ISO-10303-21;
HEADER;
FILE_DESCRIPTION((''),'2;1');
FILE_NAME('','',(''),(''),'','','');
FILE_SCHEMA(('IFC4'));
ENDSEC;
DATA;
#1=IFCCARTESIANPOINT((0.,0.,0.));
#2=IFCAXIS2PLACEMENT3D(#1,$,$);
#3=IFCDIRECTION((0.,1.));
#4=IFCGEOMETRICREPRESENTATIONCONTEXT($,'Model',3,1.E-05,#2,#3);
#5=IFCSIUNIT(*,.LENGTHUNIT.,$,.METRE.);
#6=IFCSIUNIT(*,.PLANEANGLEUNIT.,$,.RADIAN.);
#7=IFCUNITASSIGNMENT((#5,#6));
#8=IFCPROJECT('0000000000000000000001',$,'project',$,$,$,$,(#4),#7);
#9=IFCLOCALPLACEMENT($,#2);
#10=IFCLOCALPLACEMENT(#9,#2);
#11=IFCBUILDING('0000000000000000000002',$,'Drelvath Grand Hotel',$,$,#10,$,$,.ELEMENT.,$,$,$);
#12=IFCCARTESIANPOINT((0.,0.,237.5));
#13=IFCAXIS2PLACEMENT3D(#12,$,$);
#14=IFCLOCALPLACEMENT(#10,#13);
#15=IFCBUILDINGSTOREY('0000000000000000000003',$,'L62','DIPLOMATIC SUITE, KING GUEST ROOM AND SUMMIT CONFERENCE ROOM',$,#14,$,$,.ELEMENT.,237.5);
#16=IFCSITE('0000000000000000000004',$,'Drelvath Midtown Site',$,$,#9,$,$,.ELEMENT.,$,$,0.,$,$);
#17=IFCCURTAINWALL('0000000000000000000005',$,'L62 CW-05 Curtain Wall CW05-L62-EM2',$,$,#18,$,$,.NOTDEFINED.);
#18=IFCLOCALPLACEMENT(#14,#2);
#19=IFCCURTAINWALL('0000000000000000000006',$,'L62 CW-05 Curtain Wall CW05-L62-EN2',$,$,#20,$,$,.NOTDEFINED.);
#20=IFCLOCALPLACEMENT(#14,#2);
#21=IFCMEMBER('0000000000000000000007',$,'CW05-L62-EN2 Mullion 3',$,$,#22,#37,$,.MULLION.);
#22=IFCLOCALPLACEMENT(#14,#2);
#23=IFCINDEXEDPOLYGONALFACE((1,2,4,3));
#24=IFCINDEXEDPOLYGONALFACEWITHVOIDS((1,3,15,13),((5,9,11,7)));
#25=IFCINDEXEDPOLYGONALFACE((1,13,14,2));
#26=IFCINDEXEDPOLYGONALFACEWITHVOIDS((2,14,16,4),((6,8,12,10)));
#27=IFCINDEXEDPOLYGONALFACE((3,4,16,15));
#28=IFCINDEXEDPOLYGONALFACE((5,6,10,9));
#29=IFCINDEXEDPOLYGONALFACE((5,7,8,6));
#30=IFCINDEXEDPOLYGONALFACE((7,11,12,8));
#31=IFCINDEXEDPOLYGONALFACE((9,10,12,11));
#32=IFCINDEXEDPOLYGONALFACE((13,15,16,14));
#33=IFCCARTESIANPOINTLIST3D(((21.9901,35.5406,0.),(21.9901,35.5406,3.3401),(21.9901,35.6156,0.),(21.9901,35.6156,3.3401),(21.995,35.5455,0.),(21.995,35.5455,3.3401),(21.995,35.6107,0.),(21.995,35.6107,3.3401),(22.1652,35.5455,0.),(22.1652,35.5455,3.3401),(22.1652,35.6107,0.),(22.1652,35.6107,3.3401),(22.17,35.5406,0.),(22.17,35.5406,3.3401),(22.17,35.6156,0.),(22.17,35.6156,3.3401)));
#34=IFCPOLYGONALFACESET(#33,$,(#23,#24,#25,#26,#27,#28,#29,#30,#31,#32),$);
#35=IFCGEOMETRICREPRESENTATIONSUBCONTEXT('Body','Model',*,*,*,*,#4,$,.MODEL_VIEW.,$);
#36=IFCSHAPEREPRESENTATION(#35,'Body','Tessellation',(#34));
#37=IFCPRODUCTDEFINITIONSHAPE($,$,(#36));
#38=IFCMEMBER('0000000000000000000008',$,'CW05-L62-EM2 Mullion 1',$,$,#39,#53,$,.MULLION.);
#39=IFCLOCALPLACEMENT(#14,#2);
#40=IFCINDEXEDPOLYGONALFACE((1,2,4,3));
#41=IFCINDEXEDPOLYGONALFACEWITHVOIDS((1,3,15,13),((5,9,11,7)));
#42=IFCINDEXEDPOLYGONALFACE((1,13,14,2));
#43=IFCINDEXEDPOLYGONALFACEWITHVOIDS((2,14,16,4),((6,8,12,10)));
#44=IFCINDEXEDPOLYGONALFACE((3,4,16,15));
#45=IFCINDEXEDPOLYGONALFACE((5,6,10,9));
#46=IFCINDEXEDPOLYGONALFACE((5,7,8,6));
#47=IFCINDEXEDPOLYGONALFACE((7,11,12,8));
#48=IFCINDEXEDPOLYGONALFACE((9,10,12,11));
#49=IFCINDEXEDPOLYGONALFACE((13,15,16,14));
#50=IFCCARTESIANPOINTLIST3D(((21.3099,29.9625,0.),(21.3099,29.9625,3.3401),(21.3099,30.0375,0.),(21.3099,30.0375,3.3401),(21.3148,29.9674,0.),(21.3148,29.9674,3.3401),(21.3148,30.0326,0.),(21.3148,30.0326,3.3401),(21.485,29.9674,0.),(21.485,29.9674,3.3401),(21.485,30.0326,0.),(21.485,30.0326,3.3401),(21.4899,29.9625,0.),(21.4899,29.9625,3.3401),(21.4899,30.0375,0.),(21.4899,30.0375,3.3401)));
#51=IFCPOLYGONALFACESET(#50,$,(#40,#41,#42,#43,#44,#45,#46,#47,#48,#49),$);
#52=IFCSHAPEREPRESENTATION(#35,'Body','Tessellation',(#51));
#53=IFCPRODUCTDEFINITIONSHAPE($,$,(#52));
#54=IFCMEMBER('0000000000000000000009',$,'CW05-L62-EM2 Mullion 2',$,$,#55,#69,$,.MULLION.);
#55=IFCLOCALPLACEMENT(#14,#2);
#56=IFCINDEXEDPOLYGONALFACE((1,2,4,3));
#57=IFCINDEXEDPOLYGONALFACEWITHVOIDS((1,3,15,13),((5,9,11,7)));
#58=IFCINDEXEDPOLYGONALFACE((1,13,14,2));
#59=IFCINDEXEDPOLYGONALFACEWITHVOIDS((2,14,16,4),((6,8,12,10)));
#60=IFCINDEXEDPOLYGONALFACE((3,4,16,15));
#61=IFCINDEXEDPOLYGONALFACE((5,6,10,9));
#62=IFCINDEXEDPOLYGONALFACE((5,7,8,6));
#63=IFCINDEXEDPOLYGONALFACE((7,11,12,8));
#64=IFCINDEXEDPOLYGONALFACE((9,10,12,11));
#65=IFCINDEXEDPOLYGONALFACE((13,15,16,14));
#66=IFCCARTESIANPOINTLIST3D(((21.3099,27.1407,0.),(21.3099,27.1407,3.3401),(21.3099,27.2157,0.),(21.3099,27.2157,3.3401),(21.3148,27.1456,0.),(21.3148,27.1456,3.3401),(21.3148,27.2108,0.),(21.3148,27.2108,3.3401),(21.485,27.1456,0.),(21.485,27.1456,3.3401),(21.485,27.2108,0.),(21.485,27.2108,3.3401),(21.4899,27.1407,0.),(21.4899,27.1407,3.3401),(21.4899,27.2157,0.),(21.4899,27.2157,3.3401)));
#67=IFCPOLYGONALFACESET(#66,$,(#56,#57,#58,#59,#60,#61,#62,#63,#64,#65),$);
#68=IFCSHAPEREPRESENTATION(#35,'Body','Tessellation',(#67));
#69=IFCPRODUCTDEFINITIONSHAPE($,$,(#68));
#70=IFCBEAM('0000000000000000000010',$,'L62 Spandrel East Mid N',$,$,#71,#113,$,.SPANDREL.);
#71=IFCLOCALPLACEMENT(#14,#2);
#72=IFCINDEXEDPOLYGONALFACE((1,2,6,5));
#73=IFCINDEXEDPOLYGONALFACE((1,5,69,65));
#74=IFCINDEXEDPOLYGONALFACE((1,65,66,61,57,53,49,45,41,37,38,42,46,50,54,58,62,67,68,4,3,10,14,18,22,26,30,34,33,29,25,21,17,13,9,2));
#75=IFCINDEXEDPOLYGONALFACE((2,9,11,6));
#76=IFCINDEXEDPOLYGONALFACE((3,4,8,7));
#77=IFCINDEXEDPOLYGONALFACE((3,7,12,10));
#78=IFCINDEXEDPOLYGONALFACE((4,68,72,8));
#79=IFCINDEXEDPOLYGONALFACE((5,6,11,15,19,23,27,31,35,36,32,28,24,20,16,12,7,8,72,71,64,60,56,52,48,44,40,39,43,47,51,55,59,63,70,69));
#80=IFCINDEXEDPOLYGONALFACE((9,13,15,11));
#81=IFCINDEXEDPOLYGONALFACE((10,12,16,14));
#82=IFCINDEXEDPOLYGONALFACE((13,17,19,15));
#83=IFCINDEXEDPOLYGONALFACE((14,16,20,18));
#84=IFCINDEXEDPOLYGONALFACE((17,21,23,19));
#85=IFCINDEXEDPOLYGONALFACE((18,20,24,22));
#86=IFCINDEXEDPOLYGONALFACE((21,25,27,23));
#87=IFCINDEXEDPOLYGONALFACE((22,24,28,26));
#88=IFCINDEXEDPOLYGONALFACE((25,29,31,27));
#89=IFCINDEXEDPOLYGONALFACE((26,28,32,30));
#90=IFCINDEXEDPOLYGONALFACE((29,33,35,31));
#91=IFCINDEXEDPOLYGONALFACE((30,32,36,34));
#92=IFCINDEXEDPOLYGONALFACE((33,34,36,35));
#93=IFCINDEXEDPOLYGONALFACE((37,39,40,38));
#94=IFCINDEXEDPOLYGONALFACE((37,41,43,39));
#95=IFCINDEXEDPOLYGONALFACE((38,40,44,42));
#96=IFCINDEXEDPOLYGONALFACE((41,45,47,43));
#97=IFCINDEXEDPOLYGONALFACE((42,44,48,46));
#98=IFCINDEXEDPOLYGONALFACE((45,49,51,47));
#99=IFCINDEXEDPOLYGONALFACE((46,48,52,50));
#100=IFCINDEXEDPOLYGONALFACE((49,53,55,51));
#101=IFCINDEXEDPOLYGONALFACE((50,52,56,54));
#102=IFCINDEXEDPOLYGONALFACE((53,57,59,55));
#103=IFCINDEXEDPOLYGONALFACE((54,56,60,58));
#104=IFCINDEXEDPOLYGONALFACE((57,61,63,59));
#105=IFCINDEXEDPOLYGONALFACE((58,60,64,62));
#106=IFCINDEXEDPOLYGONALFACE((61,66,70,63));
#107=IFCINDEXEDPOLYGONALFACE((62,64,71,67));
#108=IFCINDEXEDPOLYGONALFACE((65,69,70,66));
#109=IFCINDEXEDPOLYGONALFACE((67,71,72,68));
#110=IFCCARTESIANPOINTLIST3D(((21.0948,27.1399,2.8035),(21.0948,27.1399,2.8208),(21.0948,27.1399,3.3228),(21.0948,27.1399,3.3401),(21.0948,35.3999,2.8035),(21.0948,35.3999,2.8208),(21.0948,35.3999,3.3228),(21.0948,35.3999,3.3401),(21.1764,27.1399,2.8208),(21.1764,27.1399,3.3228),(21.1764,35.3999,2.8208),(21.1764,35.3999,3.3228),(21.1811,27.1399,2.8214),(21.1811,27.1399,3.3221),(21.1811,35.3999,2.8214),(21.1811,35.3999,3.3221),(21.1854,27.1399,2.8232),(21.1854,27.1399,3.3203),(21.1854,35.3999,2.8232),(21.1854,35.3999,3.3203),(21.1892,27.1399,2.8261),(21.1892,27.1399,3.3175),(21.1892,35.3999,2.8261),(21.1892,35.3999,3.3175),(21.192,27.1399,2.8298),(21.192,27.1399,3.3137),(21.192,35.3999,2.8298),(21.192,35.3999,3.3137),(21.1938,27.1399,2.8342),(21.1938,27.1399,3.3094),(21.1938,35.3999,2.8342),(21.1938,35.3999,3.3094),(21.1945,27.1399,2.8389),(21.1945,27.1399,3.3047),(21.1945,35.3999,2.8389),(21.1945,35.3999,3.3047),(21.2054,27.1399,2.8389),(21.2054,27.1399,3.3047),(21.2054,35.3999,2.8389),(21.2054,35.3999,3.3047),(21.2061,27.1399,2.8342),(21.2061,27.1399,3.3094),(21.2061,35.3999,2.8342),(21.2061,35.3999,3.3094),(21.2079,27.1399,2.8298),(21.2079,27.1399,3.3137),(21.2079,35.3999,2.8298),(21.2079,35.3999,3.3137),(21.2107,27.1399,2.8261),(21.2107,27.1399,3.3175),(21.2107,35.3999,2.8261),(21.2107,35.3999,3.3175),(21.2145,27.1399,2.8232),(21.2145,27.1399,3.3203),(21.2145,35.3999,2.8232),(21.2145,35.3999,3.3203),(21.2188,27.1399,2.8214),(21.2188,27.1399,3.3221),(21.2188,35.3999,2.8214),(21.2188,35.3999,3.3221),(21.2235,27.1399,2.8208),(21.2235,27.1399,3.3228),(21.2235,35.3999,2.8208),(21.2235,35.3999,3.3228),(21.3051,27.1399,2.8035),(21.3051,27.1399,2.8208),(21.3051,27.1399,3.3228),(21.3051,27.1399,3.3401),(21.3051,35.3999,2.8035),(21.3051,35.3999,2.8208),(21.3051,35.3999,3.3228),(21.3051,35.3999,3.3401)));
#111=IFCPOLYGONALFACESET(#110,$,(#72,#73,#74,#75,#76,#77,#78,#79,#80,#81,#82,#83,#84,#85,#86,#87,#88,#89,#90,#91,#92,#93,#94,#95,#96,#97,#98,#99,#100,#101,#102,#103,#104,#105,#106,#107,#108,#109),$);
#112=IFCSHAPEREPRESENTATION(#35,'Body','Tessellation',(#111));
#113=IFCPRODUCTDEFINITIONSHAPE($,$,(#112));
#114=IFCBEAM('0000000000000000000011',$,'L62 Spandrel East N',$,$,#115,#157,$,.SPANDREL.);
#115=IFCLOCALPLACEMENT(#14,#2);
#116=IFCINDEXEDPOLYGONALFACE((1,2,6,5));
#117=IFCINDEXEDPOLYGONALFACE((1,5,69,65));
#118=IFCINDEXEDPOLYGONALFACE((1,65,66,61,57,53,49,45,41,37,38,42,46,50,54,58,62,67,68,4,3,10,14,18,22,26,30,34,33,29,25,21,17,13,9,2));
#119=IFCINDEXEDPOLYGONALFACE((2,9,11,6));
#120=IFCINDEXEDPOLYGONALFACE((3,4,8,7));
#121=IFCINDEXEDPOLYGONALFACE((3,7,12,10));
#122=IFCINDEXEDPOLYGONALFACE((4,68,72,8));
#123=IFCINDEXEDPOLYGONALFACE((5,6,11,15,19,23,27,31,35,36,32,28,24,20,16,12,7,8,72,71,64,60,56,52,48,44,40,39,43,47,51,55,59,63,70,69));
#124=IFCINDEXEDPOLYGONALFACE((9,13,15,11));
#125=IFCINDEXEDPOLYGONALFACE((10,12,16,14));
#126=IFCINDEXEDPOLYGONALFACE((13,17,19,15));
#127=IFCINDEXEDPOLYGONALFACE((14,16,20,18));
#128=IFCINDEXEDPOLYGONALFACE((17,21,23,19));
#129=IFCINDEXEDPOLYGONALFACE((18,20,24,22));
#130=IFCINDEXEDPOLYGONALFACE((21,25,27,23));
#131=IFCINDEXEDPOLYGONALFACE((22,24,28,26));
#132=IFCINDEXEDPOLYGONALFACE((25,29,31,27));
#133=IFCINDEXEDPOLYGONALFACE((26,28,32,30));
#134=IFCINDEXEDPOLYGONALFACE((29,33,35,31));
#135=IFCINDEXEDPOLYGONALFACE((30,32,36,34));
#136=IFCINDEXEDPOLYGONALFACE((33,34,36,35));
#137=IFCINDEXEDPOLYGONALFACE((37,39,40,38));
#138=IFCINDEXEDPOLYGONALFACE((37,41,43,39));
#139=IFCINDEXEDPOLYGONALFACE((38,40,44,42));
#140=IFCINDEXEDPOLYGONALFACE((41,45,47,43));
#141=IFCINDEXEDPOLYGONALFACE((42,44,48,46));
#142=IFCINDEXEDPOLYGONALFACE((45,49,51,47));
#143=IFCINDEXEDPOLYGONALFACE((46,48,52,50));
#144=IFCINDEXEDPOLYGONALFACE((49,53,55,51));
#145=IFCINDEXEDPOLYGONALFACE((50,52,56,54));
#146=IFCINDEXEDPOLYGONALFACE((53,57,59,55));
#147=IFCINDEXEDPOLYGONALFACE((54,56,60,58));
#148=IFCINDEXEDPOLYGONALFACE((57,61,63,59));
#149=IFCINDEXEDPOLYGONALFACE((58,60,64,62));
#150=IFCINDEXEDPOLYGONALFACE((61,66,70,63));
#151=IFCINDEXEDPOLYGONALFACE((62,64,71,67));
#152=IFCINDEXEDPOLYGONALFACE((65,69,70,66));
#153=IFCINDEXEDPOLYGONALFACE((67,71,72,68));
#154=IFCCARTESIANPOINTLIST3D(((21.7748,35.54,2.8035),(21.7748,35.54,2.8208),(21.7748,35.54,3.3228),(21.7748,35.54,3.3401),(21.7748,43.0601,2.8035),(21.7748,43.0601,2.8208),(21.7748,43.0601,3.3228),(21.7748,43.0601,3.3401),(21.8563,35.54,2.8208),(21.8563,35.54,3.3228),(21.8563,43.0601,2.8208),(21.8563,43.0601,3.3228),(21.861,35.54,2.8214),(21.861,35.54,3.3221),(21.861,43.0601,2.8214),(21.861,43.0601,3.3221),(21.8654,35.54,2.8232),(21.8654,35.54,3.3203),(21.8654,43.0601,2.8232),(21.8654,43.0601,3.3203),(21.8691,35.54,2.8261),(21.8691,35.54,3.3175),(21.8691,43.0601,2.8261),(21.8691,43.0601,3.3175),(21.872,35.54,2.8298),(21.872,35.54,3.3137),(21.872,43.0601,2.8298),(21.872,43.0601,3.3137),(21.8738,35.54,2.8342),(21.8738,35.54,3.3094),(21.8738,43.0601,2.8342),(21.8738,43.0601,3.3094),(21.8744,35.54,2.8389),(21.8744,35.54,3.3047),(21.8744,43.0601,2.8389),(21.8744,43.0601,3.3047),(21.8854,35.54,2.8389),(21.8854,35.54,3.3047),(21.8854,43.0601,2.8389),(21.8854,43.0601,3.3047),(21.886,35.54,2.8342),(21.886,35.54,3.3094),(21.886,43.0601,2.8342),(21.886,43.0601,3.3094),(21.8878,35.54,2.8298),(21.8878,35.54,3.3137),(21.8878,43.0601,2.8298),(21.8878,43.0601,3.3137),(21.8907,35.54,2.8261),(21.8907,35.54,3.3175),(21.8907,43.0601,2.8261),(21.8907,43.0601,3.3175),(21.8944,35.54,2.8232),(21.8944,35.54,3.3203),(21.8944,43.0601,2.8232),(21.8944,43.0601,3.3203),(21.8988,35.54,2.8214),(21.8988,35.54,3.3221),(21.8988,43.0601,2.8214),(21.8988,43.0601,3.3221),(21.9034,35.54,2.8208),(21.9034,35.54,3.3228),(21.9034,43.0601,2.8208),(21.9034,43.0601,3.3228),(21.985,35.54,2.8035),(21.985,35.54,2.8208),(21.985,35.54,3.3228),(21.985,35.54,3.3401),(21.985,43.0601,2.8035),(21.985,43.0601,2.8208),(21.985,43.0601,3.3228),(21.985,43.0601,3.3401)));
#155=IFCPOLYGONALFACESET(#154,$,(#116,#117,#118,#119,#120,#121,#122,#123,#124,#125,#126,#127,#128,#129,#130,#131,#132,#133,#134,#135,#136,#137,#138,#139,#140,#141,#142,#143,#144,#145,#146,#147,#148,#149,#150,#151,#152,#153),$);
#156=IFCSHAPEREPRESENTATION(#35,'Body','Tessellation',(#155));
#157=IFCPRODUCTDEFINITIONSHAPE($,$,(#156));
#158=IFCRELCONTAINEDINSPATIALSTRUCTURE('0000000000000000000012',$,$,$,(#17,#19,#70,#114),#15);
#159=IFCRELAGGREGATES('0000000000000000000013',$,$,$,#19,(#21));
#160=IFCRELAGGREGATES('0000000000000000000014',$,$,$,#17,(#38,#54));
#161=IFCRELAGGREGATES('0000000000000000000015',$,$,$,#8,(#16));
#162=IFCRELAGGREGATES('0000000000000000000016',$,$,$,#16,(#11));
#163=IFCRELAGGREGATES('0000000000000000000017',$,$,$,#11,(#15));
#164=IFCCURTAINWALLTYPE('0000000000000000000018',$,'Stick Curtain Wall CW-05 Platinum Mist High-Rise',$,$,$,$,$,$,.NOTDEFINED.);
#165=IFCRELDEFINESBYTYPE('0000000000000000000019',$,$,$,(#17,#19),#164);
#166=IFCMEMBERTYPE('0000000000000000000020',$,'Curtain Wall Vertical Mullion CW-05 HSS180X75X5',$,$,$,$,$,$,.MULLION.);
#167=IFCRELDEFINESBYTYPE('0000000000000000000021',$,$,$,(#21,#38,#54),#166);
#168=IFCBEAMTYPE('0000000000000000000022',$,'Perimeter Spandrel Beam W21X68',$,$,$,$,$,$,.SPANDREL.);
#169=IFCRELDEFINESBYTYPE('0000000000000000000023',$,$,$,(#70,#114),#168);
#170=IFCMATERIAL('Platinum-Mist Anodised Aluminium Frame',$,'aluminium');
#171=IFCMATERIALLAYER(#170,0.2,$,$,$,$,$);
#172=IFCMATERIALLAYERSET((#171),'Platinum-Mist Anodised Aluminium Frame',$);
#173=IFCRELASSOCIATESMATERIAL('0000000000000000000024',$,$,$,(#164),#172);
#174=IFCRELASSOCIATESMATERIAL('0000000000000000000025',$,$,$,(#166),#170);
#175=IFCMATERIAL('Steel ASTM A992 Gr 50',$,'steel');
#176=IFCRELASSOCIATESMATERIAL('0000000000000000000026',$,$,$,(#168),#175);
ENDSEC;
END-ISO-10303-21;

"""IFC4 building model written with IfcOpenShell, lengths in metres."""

from ifc_helpers import new_model, si_unit, direction, frame, origin, origin_2d, place, context, subcontext, project, spatial, hollow_rectangle, i_section, extrude, material, layer, layer_set, material_profile, profile_set, type_object, element, aggregate, save


model = new_model("IFC4")

# Units and contexts
model_context = context("Model", 3, precision=1e-05, world=origin(), true_north=direction((0.0, 1.0)))
body_context = subcontext(model_context, "Body", "Model", "MODEL_VIEW")
ifc_project = project(units=[si_unit("LENGTHUNIT", "METRE"), si_unit("PLANEANGLEUNIT", "RADIAN")], contexts=[model_context])

# Site, building, storey
site_placement = place(None, origin())
site = spatial("IfcSite", under=ifc_project, at=site_placement, Name="Drelvath Midtown Site", CompositionType="ELEMENT", RefElevation=0.0)
building_placement = place(site_placement, origin())
building = spatial("IfcBuilding", under=site, at=building_placement, Name="Drelvath Grand Hotel", CompositionType="ELEMENT")
storey_placement = place(building_placement, frame((0.0, 0.0, 237.5)))
storey = spatial("IfcBuildingStorey", under=building, at=storey_placement, Name="L62", Description="DIPLOMATIC SUITE, KING GUEST ROOM AND SUMMIT CONFERENCE ROOM", CompositionType="ELEMENT", Elevation=237.5)

# Curtain wall
ifc_material_1 = material(Name="Platinum-Mist Anodised Aluminium Frame", Category="aluminium")
ifc_layer_1 = layer(ifc_material_1, 0.2)
ifc_layer_set_1 = layer_set([ifc_layer_1], Name="Platinum-Mist Anodised Aluminium Frame")
curtain_wall_type = type_object("IfcCurtainWallType", Name="Stick Curtain Wall CW-05 Platinum Mist High-Rise", PredefinedType="NOTDEFINED", material=ifc_layer_set_1)
curtain_wall_1_placement = place(storey_placement, origin())
curtain_wall_1 = element("IfcCurtainWall", 1, at=curtain_wall_1_placement, inside=storey, type_object=curtain_wall_type, Name="L62 CW-05 Curtain Wall CW05-L62-EM2", PredefinedType="NOTDEFINED")

# Shared definitions
ifc_material_profile_1 = material_profile(ifc_material_1, hollow_rectangle(XDim=0.075, YDim=0.1799, WallThickness=0.0049, at=origin_2d()), Name="HSS180X75X5")
ifc_profile_set_1 = profile_set([ifc_material_profile_1], Name="Platinum-Mist Anodised Aluminium Frame")
member_type_1 = type_object("IfcMemberType", Name="Curtain Wall Vertical Mullion CW-05 HSS180X75X5", PredefinedType="MULLION", material=ifc_profile_set_1)

# Curtain wall, member
curtain_wall_2_placement = place(storey_placement, origin())
curtain_wall_2 = element("IfcCurtainWall", 2, at=curtain_wall_2_placement, inside=storey, type_object=curtain_wall_type, Name="L62 CW-05 Curtain Wall CW05-L62-EN2", PredefinedType="NOTDEFINED")
member_1_placement = place(storey_placement, frame((22.0801, 35.5781, 0.0), z_axis=(0.0, 0.0, 1.0), x_axis=(0.0, 1.0, 0.0)))
member_1 = element("IfcMember", 3, at=member_1_placement, type_object=member_type_1, Name="CW05-L62-EN2 Mullion 3", PredefinedType="MULLION", context=body_context, shape_type="SweptSolid", body=[
    extrude(hollow_rectangle(XDim=0.075, YDim=0.1799, WallThickness=0.0049, at=origin_2d()), origin(), (0.0, 0.0, 1.0), 3.3401),
])

# Members
member_2_placement = place(storey_placement, frame((21.3999, 30.0, 0.0), z_axis=(0.0, 0.0, 1.0), x_axis=(0.0, 1.0, 0.0)))
member_2 = element("IfcMember", 4, at=member_2_placement, type_object=member_type_1, Name="CW05-L62-EM2 Mullion 1", PredefinedType="MULLION", context=body_context, shape_type="SweptSolid", body=[
    extrude(hollow_rectangle(XDim=0.075, YDim=0.1799, WallThickness=0.0049, at=origin_2d()), origin(), (0.0, 0.0, 1.0), 3.3401),
])
member_3_placement = place(storey_placement, frame((21.3999, 27.1782, 0.0), z_axis=(0.0, 0.0, 1.0), x_axis=(0.0, 1.0, 0.0)))
member_3 = element("IfcMember", 5, at=member_3_placement, type_object=member_type_1, Name="CW05-L62-EM2 Mullion 2", PredefinedType="MULLION", context=body_context, shape_type="SweptSolid", body=[
    extrude(hollow_rectangle(XDim=0.075, YDim=0.1799, WallThickness=0.0049, at=origin_2d()), origin(), (0.0, 0.0, 1.0), 3.3401),
])

# Beams
ifc_material_2 = material(Name="Steel ASTM A992 Gr 50", Category="steel")
ifc_material_profile_2 = material_profile(ifc_material_2, i_section(OverallWidth=0.2102, OverallDepth=0.5366, WebThickness=0.011, FlangeThickness=0.0173, FilletRadius=0.0181, at=origin_2d()), Name="W21X68")
ifc_profile_set_2 = profile_set([ifc_material_profile_2], Name="Steel ASTM A992 Gr 50")
beam_type_1 = type_object("IfcBeamType", Name="Perimeter Spandrel Beam W21X68", PredefinedType="SPANDREL", material=ifc_profile_set_2)
beam_1_placement = place(storey_placement, frame((21.2, 27.1399, 3.0718), z_axis=(0.0, 1.0, 0.0), x_axis=(-1.0, 0.0, 0.0)))
element("IfcBeam", 6, at=beam_1_placement, inside=storey, type_object=beam_type_1, Name="L62 Spandrel East Mid N", PredefinedType="SPANDREL", context=body_context, shape_type="SweptSolid", body=[
    extrude(i_section(OverallWidth=0.2102, OverallDepth=0.5366, WebThickness=0.011, FlangeThickness=0.0173, FilletRadius=0.0181, at=origin_2d()), origin(), (0.0, 0.0, 1.0), 8.26),
])
beam_2_placement = place(storey_placement, frame((21.8799, 35.54, 3.0718), z_axis=(0.0, 1.0, 0.0), x_axis=(-1.0, 0.0, 0.0)))
element("IfcBeam", 7, at=beam_2_placement, inside=storey, type_object=beam_type_1, Name="L62 Spandrel East N", PredefinedType="SPANDREL", context=body_context, shape_type="SweptSolid", body=[
    extrude(i_section(OverallWidth=0.2102, OverallDepth=0.5366, WebThickness=0.011, FlangeThickness=0.0173, FilletRadius=0.0181, at=origin_2d()), origin(), (0.0, 0.0, 1.0), 7.52),
])

aggregate(curtain_wall_2, [member_1])
aggregate(curtain_wall_1, [member_2, member_3])

save(model, "model.ifc")
